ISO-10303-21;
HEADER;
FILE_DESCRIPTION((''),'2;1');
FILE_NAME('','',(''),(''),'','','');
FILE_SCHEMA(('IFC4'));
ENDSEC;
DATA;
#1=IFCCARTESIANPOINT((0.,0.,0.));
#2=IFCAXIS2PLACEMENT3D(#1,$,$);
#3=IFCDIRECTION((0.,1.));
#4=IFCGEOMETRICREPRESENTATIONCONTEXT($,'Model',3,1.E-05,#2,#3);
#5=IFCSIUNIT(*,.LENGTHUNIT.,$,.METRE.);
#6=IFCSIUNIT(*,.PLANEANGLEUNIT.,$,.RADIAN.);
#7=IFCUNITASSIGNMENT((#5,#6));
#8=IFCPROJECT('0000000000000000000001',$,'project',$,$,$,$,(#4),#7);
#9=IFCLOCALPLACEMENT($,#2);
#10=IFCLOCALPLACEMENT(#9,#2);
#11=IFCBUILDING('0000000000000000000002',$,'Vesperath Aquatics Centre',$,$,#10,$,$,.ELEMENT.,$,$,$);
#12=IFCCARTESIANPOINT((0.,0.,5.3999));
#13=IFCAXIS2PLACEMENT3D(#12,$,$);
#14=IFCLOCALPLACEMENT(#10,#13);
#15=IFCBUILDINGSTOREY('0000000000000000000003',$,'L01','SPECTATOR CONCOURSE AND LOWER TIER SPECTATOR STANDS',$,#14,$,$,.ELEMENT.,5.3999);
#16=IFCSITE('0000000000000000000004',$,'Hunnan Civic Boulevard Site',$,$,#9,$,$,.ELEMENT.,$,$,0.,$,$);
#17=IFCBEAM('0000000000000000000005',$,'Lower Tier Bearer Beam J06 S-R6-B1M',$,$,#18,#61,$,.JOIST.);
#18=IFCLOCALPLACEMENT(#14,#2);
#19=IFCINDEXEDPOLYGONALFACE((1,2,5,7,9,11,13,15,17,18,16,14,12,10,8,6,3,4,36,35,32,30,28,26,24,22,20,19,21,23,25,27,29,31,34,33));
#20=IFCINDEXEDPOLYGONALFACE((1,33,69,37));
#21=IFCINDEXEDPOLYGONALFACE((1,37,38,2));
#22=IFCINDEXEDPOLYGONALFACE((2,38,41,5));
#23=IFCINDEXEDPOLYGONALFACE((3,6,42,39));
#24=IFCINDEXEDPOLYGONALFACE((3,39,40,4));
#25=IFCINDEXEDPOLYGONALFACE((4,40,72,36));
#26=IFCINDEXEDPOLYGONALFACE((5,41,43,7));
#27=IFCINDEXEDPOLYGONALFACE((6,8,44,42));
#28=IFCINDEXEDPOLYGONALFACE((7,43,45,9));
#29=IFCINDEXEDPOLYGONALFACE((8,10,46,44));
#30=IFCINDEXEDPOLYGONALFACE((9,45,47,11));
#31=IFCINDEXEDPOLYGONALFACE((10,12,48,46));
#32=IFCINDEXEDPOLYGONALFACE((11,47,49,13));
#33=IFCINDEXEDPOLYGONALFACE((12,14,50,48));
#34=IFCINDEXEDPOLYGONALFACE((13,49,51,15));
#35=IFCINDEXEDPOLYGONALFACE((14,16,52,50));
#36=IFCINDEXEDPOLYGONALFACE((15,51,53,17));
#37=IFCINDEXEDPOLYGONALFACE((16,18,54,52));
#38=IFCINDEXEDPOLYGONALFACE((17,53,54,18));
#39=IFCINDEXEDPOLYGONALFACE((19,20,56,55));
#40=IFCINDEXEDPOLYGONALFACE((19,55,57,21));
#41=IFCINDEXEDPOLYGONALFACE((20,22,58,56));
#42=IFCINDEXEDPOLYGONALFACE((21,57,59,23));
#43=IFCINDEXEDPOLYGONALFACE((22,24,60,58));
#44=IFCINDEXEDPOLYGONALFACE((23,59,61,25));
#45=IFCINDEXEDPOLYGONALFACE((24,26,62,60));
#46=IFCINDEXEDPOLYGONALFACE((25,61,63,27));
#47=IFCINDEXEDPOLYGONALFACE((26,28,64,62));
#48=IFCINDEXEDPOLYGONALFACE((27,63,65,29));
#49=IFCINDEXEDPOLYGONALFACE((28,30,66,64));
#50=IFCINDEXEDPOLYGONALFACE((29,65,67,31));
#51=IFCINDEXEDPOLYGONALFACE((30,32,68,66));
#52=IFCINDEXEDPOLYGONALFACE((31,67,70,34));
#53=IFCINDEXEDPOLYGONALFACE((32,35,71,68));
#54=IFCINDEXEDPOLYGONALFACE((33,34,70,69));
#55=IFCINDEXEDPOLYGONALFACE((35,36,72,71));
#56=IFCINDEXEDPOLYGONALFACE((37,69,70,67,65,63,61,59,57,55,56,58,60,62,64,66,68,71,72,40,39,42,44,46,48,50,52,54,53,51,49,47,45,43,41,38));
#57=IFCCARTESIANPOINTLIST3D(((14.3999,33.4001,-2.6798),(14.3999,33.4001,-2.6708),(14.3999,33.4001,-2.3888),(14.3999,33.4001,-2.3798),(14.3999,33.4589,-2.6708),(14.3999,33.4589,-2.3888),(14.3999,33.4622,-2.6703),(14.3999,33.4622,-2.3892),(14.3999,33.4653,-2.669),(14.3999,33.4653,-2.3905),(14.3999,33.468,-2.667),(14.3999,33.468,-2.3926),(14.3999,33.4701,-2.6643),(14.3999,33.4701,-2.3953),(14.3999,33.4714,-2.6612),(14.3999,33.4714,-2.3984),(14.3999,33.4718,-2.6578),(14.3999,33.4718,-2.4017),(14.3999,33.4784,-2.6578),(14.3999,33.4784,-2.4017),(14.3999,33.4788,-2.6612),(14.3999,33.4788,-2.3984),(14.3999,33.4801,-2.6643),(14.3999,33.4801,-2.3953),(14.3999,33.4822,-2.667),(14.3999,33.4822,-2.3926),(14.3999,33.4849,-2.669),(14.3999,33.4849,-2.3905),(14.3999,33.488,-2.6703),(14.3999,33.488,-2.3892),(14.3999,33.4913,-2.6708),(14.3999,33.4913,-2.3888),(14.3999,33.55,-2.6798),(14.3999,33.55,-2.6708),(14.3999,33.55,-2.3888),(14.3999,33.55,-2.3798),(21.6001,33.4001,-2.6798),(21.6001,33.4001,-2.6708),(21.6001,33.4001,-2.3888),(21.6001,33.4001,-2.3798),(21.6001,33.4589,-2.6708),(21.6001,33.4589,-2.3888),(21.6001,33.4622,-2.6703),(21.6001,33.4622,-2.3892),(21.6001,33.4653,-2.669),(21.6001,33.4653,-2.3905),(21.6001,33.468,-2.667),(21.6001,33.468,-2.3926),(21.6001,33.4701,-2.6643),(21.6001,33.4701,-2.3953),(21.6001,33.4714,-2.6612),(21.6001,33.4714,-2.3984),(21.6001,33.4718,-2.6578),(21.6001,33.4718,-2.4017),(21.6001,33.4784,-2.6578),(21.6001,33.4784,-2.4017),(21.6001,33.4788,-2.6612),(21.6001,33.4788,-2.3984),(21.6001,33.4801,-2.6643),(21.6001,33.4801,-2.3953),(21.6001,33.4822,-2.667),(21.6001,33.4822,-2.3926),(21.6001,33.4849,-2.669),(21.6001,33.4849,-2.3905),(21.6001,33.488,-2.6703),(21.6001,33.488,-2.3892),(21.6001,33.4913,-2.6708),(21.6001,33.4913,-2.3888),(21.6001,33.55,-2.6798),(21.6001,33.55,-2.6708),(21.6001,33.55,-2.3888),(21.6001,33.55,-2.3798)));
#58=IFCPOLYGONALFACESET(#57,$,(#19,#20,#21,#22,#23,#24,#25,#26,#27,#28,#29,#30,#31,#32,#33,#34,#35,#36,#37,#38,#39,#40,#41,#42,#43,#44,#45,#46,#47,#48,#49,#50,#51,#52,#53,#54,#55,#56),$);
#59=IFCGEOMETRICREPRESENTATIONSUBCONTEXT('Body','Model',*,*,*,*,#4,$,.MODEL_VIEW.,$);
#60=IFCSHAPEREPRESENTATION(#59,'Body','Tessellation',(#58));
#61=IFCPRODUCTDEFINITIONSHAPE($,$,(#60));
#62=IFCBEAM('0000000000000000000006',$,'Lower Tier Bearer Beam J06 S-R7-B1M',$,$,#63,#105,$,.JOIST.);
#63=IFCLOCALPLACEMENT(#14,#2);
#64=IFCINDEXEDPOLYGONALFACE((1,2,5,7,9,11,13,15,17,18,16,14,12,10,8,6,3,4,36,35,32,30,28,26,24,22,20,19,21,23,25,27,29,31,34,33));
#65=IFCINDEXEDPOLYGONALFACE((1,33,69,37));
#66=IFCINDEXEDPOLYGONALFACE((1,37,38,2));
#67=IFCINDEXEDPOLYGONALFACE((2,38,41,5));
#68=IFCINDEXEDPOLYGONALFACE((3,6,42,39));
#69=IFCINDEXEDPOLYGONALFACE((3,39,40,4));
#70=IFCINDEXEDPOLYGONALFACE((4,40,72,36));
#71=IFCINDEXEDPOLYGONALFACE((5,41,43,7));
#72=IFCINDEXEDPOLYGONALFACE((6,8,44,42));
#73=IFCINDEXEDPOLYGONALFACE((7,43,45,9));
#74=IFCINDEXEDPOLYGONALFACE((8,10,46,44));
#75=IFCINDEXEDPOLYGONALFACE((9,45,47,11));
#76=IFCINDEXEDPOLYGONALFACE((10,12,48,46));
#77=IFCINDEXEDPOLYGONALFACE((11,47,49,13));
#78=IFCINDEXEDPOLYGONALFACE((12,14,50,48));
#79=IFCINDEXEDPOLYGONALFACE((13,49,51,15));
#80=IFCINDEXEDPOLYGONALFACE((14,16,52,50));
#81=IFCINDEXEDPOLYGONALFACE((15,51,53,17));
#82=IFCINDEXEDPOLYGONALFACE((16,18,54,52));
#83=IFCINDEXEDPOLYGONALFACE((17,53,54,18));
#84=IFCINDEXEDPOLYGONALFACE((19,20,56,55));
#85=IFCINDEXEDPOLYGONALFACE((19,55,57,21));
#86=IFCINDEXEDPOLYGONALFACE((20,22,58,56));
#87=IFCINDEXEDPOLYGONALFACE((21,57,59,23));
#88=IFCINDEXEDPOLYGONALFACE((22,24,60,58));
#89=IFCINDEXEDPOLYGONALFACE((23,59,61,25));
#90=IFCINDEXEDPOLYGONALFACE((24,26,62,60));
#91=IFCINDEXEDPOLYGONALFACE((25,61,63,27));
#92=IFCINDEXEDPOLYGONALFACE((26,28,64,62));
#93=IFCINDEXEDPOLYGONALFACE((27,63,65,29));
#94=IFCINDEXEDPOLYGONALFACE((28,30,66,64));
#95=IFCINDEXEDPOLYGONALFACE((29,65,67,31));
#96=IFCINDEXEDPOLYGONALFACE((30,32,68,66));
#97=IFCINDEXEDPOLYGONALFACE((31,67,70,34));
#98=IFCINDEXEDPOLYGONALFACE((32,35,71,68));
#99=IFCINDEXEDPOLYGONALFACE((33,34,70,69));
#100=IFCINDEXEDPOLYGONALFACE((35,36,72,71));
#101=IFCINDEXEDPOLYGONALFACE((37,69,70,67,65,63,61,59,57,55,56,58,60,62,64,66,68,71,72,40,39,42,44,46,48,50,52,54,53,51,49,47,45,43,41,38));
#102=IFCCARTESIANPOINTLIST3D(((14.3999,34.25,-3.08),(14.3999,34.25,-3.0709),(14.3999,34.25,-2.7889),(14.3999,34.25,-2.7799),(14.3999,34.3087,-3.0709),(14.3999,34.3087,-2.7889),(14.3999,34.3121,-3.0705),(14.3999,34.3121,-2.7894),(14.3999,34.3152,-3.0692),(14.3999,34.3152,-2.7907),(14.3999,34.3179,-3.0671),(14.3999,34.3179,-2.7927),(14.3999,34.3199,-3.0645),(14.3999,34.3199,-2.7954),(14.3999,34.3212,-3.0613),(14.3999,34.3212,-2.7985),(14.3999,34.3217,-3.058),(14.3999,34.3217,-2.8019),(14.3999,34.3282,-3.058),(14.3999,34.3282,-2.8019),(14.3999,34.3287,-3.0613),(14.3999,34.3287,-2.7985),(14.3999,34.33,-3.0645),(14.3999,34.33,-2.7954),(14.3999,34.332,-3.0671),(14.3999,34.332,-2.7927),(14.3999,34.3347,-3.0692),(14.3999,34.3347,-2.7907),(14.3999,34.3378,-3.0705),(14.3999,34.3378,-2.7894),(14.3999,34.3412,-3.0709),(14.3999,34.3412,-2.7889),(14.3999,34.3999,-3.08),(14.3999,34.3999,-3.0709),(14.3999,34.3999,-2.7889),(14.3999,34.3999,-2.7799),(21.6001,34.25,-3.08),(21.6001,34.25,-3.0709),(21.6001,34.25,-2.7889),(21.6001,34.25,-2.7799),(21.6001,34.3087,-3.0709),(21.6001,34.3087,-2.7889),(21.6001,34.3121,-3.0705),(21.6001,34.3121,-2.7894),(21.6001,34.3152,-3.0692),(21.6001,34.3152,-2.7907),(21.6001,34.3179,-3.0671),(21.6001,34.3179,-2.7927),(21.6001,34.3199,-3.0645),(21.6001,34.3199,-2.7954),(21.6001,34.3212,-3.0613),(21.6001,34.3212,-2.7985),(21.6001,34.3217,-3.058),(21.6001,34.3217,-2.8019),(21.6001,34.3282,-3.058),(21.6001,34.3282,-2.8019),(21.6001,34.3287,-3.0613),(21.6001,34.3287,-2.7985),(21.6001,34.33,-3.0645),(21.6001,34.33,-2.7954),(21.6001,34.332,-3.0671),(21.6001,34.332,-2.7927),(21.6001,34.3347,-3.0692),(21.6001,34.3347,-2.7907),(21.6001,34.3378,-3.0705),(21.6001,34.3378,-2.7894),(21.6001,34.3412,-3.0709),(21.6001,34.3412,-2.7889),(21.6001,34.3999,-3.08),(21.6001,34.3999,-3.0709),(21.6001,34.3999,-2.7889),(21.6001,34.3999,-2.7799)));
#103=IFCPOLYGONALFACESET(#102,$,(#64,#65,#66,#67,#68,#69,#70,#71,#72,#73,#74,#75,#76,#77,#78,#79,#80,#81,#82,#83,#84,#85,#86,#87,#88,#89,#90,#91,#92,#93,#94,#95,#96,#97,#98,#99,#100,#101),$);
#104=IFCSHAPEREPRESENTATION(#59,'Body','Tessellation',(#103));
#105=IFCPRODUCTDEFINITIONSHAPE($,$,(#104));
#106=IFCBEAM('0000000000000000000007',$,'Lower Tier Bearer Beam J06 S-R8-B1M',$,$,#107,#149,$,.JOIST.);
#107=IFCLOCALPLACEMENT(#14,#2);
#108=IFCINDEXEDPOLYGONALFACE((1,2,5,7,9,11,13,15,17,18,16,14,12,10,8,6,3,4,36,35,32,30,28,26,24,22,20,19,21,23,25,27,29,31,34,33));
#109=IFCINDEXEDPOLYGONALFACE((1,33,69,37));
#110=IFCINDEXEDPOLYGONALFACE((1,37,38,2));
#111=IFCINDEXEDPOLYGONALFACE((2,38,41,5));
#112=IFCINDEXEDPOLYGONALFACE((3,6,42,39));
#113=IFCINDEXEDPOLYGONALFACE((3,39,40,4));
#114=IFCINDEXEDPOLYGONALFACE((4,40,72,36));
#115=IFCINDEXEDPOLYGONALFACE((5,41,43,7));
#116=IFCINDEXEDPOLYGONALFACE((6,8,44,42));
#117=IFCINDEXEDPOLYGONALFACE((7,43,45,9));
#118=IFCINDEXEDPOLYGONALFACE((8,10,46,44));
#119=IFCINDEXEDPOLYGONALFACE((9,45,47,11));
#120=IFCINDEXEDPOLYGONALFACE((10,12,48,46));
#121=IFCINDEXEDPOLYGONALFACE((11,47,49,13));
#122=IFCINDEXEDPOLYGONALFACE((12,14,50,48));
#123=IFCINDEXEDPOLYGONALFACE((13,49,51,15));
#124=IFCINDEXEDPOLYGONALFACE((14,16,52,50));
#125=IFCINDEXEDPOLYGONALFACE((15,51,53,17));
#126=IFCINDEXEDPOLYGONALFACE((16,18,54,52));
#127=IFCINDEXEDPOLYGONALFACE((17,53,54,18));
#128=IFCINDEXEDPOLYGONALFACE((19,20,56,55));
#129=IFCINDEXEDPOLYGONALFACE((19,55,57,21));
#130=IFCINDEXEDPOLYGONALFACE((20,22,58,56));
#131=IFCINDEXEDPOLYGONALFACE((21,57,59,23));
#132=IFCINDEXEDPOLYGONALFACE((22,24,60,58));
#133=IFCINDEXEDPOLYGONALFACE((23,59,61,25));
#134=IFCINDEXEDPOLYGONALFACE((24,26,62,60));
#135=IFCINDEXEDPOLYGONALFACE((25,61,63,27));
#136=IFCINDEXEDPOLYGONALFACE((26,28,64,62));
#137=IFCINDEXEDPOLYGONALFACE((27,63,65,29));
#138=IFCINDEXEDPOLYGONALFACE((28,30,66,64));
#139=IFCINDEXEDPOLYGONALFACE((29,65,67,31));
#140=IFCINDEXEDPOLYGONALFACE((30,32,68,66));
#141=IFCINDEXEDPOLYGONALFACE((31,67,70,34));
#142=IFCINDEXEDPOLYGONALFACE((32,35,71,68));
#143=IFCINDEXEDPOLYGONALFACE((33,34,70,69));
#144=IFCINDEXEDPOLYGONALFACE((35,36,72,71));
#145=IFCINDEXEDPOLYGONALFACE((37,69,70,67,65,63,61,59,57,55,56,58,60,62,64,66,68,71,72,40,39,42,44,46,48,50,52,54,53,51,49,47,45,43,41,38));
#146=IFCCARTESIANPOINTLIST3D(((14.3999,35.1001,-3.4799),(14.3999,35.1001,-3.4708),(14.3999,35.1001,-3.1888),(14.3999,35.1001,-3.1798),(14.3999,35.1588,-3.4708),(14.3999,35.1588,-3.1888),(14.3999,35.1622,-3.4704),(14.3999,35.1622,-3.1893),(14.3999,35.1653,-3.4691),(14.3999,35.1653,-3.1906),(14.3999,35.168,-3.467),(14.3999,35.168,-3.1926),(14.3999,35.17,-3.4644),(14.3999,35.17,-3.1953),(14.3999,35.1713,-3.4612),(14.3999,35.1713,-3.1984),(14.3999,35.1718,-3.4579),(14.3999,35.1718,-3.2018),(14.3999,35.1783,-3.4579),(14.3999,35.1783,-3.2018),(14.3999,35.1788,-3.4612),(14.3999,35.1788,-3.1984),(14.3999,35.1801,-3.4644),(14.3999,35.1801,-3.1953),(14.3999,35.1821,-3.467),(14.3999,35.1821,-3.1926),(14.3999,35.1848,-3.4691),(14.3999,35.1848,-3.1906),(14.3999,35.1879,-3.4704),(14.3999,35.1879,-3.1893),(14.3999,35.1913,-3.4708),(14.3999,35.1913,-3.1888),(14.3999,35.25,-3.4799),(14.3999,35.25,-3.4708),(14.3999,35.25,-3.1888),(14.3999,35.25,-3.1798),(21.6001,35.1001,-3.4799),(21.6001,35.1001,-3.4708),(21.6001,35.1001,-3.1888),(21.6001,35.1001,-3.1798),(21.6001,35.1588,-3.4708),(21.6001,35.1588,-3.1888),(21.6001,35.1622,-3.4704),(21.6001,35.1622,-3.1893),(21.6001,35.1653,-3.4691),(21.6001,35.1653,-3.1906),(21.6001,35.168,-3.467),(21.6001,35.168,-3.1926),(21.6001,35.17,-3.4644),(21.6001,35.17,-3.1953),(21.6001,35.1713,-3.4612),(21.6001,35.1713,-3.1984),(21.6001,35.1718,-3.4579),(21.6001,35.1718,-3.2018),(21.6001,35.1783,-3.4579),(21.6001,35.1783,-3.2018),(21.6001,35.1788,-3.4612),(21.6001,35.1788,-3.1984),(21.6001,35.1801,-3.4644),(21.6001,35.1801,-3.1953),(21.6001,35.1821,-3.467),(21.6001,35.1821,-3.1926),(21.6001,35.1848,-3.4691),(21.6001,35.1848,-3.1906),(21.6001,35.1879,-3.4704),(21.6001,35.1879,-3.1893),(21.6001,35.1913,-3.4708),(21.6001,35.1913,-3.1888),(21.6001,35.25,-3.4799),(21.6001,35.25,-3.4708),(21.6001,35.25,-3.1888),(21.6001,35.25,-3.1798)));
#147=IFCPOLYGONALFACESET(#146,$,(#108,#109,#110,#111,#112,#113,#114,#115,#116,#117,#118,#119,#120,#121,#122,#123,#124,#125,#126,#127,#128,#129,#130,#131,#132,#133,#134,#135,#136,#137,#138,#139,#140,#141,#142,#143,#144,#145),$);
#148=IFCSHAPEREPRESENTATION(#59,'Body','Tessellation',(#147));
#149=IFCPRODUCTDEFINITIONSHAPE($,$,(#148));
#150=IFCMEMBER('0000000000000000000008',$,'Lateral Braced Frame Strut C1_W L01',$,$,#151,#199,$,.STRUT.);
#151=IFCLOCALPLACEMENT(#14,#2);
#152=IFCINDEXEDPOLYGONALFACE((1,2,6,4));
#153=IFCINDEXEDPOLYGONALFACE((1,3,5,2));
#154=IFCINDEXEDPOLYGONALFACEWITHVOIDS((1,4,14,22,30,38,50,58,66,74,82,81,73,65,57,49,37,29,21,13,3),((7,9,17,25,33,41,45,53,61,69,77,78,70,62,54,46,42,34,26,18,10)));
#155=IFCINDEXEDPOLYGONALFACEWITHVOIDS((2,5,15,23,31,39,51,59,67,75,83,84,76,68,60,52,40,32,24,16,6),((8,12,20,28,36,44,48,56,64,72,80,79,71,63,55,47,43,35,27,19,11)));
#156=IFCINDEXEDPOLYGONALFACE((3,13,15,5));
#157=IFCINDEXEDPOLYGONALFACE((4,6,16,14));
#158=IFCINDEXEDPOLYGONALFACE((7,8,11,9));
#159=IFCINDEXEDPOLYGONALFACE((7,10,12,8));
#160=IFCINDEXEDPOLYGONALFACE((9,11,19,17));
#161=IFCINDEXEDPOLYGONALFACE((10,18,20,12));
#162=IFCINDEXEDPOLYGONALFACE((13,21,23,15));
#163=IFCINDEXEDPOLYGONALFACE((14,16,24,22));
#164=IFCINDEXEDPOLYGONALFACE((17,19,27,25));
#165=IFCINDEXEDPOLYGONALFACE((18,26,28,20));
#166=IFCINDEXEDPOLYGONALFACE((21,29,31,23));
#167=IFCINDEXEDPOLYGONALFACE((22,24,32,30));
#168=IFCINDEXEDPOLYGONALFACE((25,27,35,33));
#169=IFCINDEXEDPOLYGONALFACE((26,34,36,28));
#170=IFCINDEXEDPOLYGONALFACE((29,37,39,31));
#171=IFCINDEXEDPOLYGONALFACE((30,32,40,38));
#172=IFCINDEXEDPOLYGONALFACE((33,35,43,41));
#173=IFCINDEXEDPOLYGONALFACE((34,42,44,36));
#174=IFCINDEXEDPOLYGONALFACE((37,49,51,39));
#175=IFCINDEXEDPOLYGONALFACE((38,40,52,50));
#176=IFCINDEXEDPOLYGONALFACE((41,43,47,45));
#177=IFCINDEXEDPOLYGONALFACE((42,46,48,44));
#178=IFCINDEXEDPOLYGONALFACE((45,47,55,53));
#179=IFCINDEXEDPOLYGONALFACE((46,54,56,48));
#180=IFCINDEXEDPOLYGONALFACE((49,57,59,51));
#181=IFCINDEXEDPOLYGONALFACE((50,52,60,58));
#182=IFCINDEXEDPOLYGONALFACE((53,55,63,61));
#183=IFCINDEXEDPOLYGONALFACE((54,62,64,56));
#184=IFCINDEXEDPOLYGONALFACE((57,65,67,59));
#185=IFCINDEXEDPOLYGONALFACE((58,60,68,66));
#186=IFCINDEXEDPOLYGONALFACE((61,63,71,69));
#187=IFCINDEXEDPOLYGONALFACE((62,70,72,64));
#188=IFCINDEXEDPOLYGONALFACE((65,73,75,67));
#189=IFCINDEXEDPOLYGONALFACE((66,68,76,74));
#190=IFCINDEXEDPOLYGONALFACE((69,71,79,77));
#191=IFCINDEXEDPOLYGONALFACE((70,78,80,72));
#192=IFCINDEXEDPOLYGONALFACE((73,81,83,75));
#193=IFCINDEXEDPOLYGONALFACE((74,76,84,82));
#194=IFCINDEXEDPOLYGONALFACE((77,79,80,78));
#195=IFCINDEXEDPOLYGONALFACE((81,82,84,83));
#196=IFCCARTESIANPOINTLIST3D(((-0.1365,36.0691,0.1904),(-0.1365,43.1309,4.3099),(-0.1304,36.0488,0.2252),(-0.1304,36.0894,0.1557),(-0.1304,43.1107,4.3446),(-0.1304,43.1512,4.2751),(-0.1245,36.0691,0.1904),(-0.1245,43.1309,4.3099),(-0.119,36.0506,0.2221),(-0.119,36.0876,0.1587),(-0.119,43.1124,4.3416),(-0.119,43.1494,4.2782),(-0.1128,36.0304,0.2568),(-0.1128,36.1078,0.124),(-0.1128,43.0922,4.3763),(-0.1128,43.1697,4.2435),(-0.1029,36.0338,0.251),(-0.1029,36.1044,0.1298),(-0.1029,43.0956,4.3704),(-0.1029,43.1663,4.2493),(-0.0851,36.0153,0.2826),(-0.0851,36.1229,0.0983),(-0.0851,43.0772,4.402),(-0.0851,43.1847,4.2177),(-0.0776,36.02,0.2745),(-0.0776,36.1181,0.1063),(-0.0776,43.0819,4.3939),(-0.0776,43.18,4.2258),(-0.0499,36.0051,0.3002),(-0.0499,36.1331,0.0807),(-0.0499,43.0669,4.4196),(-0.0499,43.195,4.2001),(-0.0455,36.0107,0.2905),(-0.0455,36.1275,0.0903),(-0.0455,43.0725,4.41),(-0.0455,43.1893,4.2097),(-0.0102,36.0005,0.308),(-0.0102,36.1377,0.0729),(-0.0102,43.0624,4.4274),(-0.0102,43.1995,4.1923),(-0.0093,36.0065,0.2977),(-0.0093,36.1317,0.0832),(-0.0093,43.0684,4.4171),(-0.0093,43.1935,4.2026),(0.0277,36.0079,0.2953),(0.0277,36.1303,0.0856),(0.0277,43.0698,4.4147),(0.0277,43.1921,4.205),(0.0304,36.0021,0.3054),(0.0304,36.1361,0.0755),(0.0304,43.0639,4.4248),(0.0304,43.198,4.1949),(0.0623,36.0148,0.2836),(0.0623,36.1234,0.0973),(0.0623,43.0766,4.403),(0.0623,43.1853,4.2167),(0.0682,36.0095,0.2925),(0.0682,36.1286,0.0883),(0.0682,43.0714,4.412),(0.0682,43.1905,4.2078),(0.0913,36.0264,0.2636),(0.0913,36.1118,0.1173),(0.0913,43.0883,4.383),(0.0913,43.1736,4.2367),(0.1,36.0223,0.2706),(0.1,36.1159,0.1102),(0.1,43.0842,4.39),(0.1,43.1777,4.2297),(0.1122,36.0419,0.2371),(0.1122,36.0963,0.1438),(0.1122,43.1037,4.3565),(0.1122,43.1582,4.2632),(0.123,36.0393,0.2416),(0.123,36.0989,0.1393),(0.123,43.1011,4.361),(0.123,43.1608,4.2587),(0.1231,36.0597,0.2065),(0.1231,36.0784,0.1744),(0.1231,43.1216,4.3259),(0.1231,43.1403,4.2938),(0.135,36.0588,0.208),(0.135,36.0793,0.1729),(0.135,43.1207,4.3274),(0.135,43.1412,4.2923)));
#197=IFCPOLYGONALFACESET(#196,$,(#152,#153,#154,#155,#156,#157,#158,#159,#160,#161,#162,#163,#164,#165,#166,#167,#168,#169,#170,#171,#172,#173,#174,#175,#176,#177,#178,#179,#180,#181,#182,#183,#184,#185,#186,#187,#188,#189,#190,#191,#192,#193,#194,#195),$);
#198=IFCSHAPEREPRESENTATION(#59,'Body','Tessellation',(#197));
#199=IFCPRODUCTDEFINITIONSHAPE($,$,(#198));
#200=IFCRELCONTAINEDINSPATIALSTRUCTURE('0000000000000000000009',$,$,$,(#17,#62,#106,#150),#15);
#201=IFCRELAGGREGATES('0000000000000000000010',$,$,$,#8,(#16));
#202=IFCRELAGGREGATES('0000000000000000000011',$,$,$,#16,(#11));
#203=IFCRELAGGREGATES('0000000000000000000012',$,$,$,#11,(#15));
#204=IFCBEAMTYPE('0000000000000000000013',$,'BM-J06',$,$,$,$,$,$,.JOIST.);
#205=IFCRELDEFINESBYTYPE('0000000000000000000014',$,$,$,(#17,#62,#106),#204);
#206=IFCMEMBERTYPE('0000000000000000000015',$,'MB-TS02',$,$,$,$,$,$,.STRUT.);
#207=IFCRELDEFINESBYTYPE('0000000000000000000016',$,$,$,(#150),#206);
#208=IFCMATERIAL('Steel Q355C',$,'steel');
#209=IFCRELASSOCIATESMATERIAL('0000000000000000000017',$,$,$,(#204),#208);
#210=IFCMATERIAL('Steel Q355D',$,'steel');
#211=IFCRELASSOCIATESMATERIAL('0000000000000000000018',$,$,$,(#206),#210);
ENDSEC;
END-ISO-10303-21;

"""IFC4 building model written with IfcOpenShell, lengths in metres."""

from ifc_helpers import new_model, si_unit, direction, frame, origin, origin_2d, place, context, subcontext, project, spatial, hollow_circle, i_section, extrude, material, material_profile, profile_set, type_object, element, save


model = new_model("IFC4")

# Units and contexts
model_context = context("Model", 3, precision=1e-05, world=origin(), true_north=direction((0.0, 1.0)))
body_context = subcontext(model_context, "Body", "Model", "MODEL_VIEW")
ifc_project = project(units=[si_unit("LENGTHUNIT", "METRE"), si_unit("PLANEANGLEUNIT", "RADIAN")], contexts=[model_context])

# Site, building, storey
site_placement = place(None, origin())
site = spatial("IfcSite", under=ifc_project, at=site_placement, Name="Hunnan Civic Boulevard Site", CompositionType="ELEMENT", RefElevation=0.0)
building_placement = place(site_placement, origin())
building = spatial("IfcBuilding", under=site, at=building_placement, Name="Vesperath Aquatics Centre", CompositionType="ELEMENT")
storey_placement = place(building_placement, frame((0.0, 0.0, 5.3999)))
storey = spatial("IfcBuildingStorey", under=building, at=storey_placement, Name="L01", Description="SPECTATOR CONCOURSE AND LOWER TIER SPECTATOR STANDS", CompositionType="ELEMENT", Elevation=5.3999)

# Beams
ifc_material_1 = material(Name="Steel Q355C", Category="steel")
ifc_material_profile_1 = material_profile(ifc_material_1, i_section(OverallWidth=0.1499, OverallDepth=0.3, WebThickness=0.0066, FlangeThickness=0.009, FilletRadius=0.0129, at=origin_2d()), Name="HN 300x150x6.5x9")
ifc_profile_set_1 = profile_set([ifc_material_profile_1], Name="Steel Q355C")
beam_type_1 = type_object("IfcBeamType", Name="BM-J06", PredefinedType="JOIST", material=ifc_profile_set_1)
for number, where, z_axis, x_axis, name in (
    (1, (14.3999, 33.4751, -2.5298), (1.0, 0.0, 0.0), (0.0, 1.0, 0.0), "Lower Tier Bearer Beam J06 S-R6-B1M"),
    (2, (14.3999, 34.325, -2.9299), (1.0, 0.0, 0.0), (0.0, 1.0, 0.0), "Lower Tier Bearer Beam J06 S-R7-B1M"),
    (3, (14.3999, 35.175, -3.3298), (1.0, 0.0, 0.0), (0.0, 1.0, 0.0), "Lower Tier Bearer Beam J06 S-R8-B1M"),
):
    element("IfcBeam", number, at=place(storey_placement, frame(where, z_axis=z_axis, x_axis=x_axis)), inside=storey, type_object=beam_type_1, Name=name, PredefinedType="JOIST", context=body_context, shape_type="SweptSolid", body=[
        extrude(i_section(OverallWidth=0.1499, OverallDepth=0.3, WebThickness=0.0066, FlangeThickness=0.009, FilletRadius=0.0129, at=origin_2d()), origin(), (0.0, 0.0, 1.0), 7.2002),
    ])

# Member
ifc_material_2 = material(Name="Steel Q355D", Category="steel")
ifc_material_profile_2 = material_profile(ifc_material_2, hollow_circle(Radius=0.1365, WallThickness=0.012, at=origin_2d()), Name="CHS 273.0x12")
ifc_profile_set_2 = profile_set([ifc_material_profile_2], Name="Steel Q355D")
member_type = type_object("IfcMemberType", Name="MB-TS02", PredefinedType="STRUT", material=ifc_profile_set_2)
member_placement = place(storey_placement, frame((0.0, 36.0691, 0.1904), z_axis=(0.0, 0.863778, 0.503873), x_axis=(-1.0, 0.0, 0.0)))
element("IfcMember", 4, at=member_placement, inside=storey, type_object=member_type, Name="Lateral Braced Frame Strut C1_W L01", PredefinedType="STRUT", context=body_context, shape_type="SweptSolid", body=[
    extrude(hollow_circle(Radius=0.1365, WallThickness=0.012, at=origin_2d()), origin(), (0.0, 0.0, 1.0), 8.1755),
])

save(model, "model.ifc")
